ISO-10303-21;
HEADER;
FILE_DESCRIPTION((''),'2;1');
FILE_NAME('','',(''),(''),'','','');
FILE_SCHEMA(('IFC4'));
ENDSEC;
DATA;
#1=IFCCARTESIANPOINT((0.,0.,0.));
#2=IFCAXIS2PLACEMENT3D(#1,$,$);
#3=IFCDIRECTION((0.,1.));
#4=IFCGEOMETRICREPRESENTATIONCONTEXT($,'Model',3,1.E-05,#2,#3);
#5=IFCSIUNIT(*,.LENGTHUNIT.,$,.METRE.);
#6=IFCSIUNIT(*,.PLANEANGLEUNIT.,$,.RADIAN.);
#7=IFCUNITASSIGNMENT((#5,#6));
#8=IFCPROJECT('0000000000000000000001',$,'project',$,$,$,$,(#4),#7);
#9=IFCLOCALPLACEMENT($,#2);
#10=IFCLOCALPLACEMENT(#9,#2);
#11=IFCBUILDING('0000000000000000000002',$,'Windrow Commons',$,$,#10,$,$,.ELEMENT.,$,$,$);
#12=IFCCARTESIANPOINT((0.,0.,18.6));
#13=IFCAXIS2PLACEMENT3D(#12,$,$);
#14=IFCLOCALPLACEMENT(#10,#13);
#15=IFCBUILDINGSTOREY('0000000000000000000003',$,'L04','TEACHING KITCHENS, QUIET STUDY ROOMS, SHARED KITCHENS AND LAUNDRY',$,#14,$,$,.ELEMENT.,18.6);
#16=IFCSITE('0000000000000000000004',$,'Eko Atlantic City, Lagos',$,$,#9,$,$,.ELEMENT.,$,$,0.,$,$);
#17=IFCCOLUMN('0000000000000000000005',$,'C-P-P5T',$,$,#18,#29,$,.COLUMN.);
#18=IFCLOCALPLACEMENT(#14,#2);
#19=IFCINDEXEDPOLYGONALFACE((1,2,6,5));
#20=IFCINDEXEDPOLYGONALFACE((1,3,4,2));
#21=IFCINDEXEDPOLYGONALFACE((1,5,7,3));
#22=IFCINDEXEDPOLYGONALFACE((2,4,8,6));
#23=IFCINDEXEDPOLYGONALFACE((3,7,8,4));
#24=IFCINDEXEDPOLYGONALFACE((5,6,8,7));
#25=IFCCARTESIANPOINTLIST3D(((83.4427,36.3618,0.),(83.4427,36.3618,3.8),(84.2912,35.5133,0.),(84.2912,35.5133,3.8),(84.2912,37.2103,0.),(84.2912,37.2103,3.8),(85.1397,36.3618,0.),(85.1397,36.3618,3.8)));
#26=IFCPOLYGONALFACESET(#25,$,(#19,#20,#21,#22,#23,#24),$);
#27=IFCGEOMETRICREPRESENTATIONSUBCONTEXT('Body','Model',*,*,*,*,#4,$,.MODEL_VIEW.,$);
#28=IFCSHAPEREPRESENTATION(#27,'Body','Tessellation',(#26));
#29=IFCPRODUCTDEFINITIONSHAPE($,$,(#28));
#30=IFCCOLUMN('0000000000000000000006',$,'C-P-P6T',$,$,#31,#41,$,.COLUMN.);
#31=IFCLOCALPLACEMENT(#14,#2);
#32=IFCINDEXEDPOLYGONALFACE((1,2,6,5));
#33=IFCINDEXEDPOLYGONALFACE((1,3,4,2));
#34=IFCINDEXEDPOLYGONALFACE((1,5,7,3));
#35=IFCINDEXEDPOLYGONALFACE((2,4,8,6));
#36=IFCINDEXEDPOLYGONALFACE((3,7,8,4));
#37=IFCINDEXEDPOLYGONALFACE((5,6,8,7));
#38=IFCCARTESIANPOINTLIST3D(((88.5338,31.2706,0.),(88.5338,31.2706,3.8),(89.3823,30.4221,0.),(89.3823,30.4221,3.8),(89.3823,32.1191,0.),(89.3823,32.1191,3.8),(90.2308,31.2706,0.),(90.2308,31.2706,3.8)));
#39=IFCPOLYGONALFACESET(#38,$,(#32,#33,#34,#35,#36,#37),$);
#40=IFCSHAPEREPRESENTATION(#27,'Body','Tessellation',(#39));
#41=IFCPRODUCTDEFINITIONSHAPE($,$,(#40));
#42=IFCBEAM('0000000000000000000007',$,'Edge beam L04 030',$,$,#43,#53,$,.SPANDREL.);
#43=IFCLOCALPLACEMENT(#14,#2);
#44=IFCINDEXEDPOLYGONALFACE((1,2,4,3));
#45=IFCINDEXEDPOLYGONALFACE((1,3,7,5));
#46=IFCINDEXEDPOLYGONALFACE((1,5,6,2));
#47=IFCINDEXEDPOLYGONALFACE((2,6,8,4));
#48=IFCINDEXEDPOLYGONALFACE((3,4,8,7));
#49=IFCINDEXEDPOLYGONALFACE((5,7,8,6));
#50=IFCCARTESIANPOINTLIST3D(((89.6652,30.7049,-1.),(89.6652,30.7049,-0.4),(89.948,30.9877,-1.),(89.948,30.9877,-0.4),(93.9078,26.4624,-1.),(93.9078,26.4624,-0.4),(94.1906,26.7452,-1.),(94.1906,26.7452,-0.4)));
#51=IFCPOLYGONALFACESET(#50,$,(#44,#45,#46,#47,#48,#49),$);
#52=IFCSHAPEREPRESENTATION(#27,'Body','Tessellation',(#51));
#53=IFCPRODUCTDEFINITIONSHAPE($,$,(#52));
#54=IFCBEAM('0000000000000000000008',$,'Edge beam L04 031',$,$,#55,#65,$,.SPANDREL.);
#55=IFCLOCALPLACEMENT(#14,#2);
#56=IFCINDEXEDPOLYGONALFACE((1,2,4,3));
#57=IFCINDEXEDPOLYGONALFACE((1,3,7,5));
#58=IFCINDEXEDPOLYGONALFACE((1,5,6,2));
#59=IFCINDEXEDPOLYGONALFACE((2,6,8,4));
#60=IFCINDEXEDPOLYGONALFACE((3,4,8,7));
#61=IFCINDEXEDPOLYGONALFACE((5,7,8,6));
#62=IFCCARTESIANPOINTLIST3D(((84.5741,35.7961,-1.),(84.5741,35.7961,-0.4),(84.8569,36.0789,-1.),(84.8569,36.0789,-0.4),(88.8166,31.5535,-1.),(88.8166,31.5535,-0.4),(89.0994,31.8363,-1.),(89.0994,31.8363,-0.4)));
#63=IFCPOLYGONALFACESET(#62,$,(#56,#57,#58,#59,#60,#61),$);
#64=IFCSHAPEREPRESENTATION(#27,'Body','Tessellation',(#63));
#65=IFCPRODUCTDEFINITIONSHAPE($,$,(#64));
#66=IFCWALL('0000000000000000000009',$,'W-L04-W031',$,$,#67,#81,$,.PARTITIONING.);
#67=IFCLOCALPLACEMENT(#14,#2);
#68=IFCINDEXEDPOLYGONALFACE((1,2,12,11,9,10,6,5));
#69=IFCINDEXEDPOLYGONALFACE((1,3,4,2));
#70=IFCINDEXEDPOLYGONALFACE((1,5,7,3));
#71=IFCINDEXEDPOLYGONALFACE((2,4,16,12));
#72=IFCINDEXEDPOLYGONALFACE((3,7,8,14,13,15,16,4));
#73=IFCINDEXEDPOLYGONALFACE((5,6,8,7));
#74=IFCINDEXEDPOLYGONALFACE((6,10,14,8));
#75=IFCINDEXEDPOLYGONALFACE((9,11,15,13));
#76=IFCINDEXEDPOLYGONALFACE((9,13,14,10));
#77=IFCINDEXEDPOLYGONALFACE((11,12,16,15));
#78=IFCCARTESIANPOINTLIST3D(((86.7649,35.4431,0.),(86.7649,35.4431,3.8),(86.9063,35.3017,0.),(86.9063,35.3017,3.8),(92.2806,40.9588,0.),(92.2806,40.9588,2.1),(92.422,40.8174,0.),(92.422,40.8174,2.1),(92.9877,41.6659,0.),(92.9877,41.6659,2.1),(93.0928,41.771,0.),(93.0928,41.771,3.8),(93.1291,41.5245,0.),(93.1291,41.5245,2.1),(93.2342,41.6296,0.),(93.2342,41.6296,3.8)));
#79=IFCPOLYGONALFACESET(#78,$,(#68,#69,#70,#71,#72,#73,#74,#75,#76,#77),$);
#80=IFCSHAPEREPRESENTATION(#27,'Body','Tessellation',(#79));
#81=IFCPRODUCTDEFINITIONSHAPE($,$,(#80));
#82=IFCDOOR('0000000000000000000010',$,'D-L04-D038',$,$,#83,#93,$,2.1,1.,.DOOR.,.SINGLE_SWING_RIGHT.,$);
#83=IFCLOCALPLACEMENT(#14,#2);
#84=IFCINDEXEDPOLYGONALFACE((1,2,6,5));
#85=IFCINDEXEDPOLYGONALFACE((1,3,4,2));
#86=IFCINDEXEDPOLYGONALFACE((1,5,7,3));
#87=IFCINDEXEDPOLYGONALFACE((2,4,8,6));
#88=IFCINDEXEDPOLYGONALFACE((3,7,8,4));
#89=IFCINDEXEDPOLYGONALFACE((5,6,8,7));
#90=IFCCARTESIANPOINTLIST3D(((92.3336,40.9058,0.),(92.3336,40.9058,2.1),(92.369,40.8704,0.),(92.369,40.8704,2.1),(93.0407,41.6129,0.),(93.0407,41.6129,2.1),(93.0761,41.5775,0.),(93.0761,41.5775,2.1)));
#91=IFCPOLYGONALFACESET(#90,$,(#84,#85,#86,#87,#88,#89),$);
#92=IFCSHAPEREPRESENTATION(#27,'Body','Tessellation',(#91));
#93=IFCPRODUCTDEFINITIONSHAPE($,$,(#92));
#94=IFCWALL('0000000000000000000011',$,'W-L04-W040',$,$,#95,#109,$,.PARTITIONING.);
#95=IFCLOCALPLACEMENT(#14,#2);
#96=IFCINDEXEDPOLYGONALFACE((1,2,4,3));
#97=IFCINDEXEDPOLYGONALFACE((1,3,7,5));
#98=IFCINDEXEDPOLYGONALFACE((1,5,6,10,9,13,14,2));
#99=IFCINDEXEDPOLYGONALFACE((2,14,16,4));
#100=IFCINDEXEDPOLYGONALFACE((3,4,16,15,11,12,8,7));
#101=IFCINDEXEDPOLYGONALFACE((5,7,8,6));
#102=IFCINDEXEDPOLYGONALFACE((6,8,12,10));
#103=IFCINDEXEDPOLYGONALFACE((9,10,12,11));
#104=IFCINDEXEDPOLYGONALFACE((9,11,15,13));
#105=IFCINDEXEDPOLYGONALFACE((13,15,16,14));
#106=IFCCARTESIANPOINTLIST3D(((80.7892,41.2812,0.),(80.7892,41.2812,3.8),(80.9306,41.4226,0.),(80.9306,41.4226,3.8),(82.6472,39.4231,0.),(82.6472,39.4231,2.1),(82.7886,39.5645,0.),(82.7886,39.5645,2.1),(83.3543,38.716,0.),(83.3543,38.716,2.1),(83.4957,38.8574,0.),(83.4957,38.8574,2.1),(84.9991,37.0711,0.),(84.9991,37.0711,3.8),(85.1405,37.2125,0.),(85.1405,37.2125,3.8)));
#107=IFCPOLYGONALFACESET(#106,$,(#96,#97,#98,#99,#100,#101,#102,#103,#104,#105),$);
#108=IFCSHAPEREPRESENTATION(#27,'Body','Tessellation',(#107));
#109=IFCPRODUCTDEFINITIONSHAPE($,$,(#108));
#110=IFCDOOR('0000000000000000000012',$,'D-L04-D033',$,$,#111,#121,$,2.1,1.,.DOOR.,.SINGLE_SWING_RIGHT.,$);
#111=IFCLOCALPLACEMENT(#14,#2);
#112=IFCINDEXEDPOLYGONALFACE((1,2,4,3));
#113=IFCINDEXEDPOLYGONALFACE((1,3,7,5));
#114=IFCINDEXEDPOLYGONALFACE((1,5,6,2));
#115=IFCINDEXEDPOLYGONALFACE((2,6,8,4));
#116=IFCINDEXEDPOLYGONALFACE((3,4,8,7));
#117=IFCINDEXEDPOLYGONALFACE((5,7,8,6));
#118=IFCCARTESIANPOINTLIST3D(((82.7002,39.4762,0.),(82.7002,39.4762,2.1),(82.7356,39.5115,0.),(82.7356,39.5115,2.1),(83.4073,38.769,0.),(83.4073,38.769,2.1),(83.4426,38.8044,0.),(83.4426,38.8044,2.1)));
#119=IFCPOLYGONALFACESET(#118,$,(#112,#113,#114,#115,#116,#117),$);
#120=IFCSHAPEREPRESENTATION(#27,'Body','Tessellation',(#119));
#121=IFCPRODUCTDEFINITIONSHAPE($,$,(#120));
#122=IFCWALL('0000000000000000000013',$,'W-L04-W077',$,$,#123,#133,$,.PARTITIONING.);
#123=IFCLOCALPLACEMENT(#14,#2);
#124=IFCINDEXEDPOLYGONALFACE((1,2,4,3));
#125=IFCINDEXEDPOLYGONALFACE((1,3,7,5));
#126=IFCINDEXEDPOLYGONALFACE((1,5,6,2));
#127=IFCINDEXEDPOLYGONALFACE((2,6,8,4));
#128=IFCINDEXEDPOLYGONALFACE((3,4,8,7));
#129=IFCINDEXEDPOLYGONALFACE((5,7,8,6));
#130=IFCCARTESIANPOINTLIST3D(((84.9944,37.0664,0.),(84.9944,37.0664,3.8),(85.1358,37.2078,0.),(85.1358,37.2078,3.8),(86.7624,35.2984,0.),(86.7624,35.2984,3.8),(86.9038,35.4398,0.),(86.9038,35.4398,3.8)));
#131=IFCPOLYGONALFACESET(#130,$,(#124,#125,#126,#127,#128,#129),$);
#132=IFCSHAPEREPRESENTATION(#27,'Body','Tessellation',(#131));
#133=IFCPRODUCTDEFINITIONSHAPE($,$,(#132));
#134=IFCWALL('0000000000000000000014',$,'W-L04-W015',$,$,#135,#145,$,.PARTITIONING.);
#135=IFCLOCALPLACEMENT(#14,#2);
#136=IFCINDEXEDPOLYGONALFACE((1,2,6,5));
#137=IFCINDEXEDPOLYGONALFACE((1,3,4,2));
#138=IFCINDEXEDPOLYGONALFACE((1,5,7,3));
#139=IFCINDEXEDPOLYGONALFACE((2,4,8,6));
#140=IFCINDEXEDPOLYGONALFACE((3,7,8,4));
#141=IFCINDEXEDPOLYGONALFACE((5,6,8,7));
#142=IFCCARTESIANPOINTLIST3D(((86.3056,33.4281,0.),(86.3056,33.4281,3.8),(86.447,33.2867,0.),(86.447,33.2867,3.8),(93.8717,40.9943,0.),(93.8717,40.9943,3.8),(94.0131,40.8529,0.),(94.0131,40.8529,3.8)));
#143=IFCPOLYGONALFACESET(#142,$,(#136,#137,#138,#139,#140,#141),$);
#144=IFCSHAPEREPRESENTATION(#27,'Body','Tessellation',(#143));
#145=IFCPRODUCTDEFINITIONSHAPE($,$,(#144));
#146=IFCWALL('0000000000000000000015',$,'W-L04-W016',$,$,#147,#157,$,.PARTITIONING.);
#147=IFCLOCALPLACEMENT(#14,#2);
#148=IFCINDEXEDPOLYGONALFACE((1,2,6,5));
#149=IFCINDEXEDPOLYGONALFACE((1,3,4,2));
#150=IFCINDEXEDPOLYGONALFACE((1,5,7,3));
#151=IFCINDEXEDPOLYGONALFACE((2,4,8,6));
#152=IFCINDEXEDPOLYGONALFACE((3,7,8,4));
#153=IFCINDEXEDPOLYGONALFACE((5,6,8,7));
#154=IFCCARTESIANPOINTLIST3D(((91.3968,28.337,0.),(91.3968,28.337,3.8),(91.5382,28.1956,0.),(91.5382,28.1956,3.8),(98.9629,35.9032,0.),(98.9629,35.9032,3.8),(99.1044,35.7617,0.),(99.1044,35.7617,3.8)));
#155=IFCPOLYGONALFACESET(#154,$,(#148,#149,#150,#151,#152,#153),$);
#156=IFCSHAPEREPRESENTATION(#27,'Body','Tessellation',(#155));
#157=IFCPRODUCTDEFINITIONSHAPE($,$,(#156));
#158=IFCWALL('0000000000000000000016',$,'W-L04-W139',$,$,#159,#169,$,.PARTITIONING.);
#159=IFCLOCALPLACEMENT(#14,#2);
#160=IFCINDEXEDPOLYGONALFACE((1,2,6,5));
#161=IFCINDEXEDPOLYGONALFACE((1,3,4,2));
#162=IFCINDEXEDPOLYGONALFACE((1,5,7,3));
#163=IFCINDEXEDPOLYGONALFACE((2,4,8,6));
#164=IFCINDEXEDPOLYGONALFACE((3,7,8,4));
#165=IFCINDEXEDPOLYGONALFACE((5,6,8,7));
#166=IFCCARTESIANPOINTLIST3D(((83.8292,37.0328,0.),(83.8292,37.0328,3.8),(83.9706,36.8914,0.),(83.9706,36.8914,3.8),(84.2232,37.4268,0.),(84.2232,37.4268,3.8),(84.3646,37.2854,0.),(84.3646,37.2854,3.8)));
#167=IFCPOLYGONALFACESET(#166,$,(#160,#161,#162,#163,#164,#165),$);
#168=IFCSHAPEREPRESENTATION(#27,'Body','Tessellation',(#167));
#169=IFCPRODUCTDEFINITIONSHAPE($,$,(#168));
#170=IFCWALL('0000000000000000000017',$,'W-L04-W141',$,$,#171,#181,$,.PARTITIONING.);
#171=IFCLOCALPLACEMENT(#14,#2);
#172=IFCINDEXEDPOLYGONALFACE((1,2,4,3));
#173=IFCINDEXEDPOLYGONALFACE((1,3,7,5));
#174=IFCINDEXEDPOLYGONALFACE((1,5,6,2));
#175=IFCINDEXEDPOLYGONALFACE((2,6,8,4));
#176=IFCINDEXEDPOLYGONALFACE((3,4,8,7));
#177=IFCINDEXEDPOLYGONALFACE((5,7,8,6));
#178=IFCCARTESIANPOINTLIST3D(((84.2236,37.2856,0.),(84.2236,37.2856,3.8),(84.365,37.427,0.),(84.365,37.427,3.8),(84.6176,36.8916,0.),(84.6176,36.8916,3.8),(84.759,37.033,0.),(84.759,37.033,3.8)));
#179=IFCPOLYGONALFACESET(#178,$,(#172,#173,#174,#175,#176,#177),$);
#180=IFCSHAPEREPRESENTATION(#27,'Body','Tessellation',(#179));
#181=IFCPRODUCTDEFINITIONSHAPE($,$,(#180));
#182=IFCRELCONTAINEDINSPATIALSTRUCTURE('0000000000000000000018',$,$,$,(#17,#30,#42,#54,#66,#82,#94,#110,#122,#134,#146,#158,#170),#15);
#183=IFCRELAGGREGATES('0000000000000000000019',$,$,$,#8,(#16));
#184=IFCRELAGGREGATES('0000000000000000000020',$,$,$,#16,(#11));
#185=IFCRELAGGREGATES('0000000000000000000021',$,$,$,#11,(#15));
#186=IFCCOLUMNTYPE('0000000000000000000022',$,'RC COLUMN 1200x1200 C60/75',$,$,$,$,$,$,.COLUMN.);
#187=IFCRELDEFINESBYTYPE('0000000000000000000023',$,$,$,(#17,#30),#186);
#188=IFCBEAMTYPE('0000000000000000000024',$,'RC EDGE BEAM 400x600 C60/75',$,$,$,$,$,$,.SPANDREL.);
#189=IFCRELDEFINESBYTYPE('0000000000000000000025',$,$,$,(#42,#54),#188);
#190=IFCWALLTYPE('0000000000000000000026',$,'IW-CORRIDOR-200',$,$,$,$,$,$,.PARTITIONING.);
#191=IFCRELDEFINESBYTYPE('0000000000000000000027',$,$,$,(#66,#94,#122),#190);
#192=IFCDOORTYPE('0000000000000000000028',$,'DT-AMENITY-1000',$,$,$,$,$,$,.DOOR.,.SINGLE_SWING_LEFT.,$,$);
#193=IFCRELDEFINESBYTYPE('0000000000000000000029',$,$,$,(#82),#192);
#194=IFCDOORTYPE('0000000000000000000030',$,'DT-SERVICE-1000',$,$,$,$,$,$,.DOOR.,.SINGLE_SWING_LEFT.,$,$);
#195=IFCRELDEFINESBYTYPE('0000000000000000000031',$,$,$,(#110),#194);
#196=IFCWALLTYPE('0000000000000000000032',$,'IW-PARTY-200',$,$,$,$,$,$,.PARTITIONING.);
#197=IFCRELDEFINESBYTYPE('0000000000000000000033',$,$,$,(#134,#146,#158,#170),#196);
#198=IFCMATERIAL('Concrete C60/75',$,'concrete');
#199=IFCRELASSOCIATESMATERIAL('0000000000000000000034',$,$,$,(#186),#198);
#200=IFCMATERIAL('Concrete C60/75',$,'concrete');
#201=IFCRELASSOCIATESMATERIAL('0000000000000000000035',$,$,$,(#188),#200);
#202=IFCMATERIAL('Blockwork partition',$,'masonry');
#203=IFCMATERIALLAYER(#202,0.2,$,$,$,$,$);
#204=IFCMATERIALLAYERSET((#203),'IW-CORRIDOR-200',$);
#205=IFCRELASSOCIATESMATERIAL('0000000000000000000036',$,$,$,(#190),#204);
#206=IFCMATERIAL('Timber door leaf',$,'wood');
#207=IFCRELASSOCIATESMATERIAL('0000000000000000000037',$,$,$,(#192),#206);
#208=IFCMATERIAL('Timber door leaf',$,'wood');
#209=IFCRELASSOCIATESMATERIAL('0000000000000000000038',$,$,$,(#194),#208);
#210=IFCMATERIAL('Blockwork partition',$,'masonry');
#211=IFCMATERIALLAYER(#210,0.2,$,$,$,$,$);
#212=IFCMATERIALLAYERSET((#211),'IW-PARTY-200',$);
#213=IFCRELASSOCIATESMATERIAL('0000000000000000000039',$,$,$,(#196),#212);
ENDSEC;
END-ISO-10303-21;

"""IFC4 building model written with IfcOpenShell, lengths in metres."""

from ifc_helpers import new_model, si_unit, direction, frame, frame_2d, origin, origin_2d, place, context, subcontext, project, spatial, rectangle, extrude, material, layer, layer_set, material_profile, profile_set, type_object, element, fill, save


model = new_model("IFC4")

# Units and contexts
model_context = context("Model", 3, precision=1e-05, world=origin(), true_north=direction((0.0, 1.0)))
body_context = subcontext(model_context, "Body", "Model", "MODEL_VIEW")
ifc_project = project(units=[si_unit("LENGTHUNIT", "METRE"), si_unit("PLANEANGLEUNIT", "RADIAN")], contexts=[model_context])

# Site, building, storey
site_placement = place(None, origin())
site = spatial("IfcSite", under=ifc_project, at=site_placement, Name="Eko Atlantic City, Lagos", CompositionType="ELEMENT", RefElevation=0.0)
building_placement = place(site_placement, origin())
building = spatial("IfcBuilding", under=site, at=building_placement, Name="Windrow Commons", CompositionType="ELEMENT")
storey_placement = place(building_placement, frame((0.0, 0.0, 18.6)))
storey = spatial("IfcBuildingStorey", under=building, at=storey_placement, Name="L04", Description="TEACHING KITCHENS, QUIET STUDY ROOMS, SHARED KITCHENS AND LAUNDRY", CompositionType="ELEMENT", Elevation=18.6)

# Columns
ifc_material_1 = material(Name="Concrete C60/75", Category="concrete")
ifc_material_profile_1 = material_profile(ifc_material_1, rectangle(XDim=1.2, YDim=1.2, at=origin_2d()))
ifc_profile_set_1 = profile_set([ifc_material_profile_1], Name="Concrete C60/75")
column_type = type_object("IfcColumnType", Name="RC COLUMN 1200x1200 C60/75", PredefinedType="COLUMN", material=ifc_profile_set_1)
for number, where, z_axis, x_axis, name in (
    (1, (84.2912, 36.3618, 0.0), (0.0, 0.0, 1.0), (0.707107, -0.707107, 0.0), "C-P-P5T"),
    (2, (89.3823, 31.2706, 0.0), (0.0, 0.0, 1.0), (0.707107, -0.707107, 0.0), "C-P-P6T"),
):
    element("IfcColumn", number, at=place(storey_placement, frame(where, z_axis=z_axis, x_axis=x_axis)), inside=storey, type_object=column_type, Name=name, PredefinedType="COLUMN", context=body_context, shape_type="SweptSolid", body=[
        extrude(rectangle(XDim=1.2, YDim=1.2, at=origin_2d()), origin(), (0.0, 0.0, 1.0), 3.8),
    ])

# Beams
ifc_material_2 = material(Name="Concrete C60/75", Category="concrete")
ifc_material_profile_2 = material_profile(ifc_material_2, rectangle(XDim=0.4, YDim=0.6, at=origin_2d()))
ifc_profile_set_2 = profile_set([ifc_material_profile_2], Name="Concrete C60/75")
beam_type = type_object("IfcBeamType", Name="RC EDGE BEAM 400x600 C60/75", PredefinedType="SPANDREL", material=ifc_profile_set_2)
for number, where, z_axis, x_axis, name in (
    (3, (94.0492, 26.6038, -0.7), (-0.707115, 0.707098, 0.0), (-0.707098, -0.707115, 0.0), "Edge beam L04 030"),
    (4, (88.958, 31.6949, -0.7), (-0.707098, 0.707115, 0.0), (-0.707115, -0.707098, 0.0), "Edge beam L04 031"),
):
    element("IfcBeam", number, at=place(storey_placement, frame(where, z_axis=z_axis, x_axis=x_axis)), inside=storey, type_object=beam_type, Name=name, PredefinedType="SPANDREL", context=body_context, shape_type="SweptSolid", body=[
        extrude(rectangle(XDim=0.4, YDim=0.6, at=origin_2d()), origin(), (0.0, 0.0, 1.0), 5.9999),
    ])

# Walls, openings, doors
ifc_material_3 = material(Name="Blockwork partition", Category="masonry")
ifc_layer_1 = layer(ifc_material_3, 0.2)
ifc_layer_set_1 = layer_set([ifc_layer_1], Name="IW-CORRIDOR-200")
wall_type_1 = type_object("IfcWallType", Name="IW-CORRIDOR-200", PredefinedType="PARTITIONING", material=ifc_layer_set_1)
wall_1_placement = place(storey_placement, frame((86.8356, 35.3724, 0.0), z_axis=(0.0, 0.0, 1.0), x_axis=(0.707107, 0.707107, 0.0)))
wall_1 = element("IfcWall", 5, at=wall_1_placement, inside=storey, type_object=wall_type_1, Name="W-L04-W031", PredefinedType="PARTITIONING", context=body_context, shape_type="SweptSolid", body=[
    extrude(rectangle(XDim=8.9491, YDim=0.2, at=frame_2d((4.4745, 0.0))), origin(), (0.0, 0.0, 1.0), 3.8),
])
opening_1_placement = place(wall_1_placement, frame((7.8004, 0.0, 0.0)))
opening_1 = element("IfcOpeningElement", 6, at=opening_1_placement, cuts=wall_1, PredefinedType="OPENING", context=body_context, shape_type="SweptSolid", body=[
    extrude(rectangle(XDim=1.0, YDim=2.1, at=frame_2d((0.5, 1.05))), frame((0.0, 0.11, 0.0), z_axis=(0.0, -1.0, 0.0), x_axis=(1.0, 0.0, 0.0)), (0.0, 0.0, 1.0), 0.22),
])
ifc_material_4 = material(Name="Timber door leaf", Category="wood")
door_type_1 = type_object("IfcDoorType", Name="DT-AMENITY-1000", OperationType="SINGLE_SWING_LEFT", PredefinedType="DOOR", material=ifc_material_4)
door_1_placement = place(opening_1_placement, origin())
door_1 = element("IfcDoor", 7, at=door_1_placement, inside=storey, type_object=door_type_1, Name="D-L04-D038", OperationType="SINGLE_SWING_RIGHT", OverallHeight=2.1, OverallWidth=1.0, PredefinedType="DOOR", context=body_context, shape_type="SweptSolid", body=[
    extrude(rectangle(XDim=1.0, YDim=2.1, at=frame_2d((0.5, 1.05))), frame((0.0, 0.025, 0.0), z_axis=(0.0, -1.0, 0.0), x_axis=(1.0, 0.0, 0.0)), (0.0, 0.0, 1.0), 0.05),
])
fill(opening_1, door_1)
wall_2_placement = place(storey_placement, frame((85.0698, 37.1418, 0.0), z_axis=(0.0, 0.0, 1.0), x_axis=(-0.70709, 0.707124, 0.0)))
wall_2 = element("IfcWall", 8, at=wall_2_placement, inside=storey, type_object=wall_type_1, Name="W-L04-W040", PredefinedType="PARTITIONING", context=body_context, shape_type="SweptSolid", body=[
    extrude(rectangle(XDim=5.9538, YDim=0.2, at=frame_2d((2.9769, 0.0))), origin(), (0.0, 0.0, 1.0), 3.8),
])
opening_2_placement = place(wall_2_placement, frame((2.3262, 0.0, 0.0)))
opening_2 = element("IfcOpeningElement", 9, at=opening_2_placement, cuts=wall_2, PredefinedType="OPENING", context=body_context, shape_type="SweptSolid", body=[
    extrude(rectangle(XDim=1.0, YDim=2.1, at=frame_2d((0.5, 1.05))), frame((0.0, 0.11, 0.0), z_axis=(0.0, -1.0, 0.0), x_axis=(1.0, 0.0, 0.0)), (0.0, 0.0, 1.0), 0.22),
])
ifc_material_5 = material(Name="Timber door leaf", Category="wood")
door_type_2 = type_object("IfcDoorType", Name="DT-SERVICE-1000", OperationType="SINGLE_SWING_LEFT", PredefinedType="DOOR", material=ifc_material_5)
door_2_placement = place(opening_2_placement, origin())
door_2 = element("IfcDoor", 10, at=door_2_placement, inside=storey, type_object=door_type_2, Name="D-L04-D033", OperationType="SINGLE_SWING_RIGHT", OverallHeight=2.1, OverallWidth=1.0, PredefinedType="DOOR", context=body_context, shape_type="SweptSolid", body=[
    extrude(rectangle(XDim=1.0, YDim=2.1, at=frame_2d((0.5, 1.05))), frame((0.0, 0.025, 0.0), z_axis=(0.0, -1.0, 0.0), x_axis=(1.0, 0.0, 0.0)), (0.0, 0.0, 1.0), 0.05),
])
fill(opening_2, door_2)

# Walls
wall_3_placement = place(storey_placement, frame((85.0651, 37.1371, 0.0), z_axis=(0.0, 0.0, 1.0), x_axis=(0.707107, -0.707107, 0.0)))
element("IfcWall", 11, at=wall_3_placement, inside=storey, type_object=wall_type_1, Name="W-L04-W077", PredefinedType="PARTITIONING", context=body_context, shape_type="SweptSolid", body=[
    extrude(rectangle(XDim=2.5003, YDim=0.2, at=frame_2d((1.2502, 0.0))), origin(), (0.0, 0.0, 1.0), 3.8),
])
ifc_material_6 = material(Name="Blockwork partition", Category="masonry")
ifc_layer_2 = layer(ifc_material_6, 0.2)
ifc_layer_set_2 = layer_set([ifc_layer_2], Name="IW-PARTY-200")
wall_type_2 = type_object("IfcWallType", Name="IW-PARTY-200", PredefinedType="PARTITIONING", material=ifc_layer_set_2)
wall_4_placement = place(storey_placement, frame((86.3763, 33.3574, 0.0), z_axis=(0.0, 0.0, 1.0), x_axis=(0.707102, 0.707111, 0.0)))
element("IfcWall", 12, at=wall_4_placement, inside=storey, type_object=wall_type_2, Name="W-L04-W015", PredefinedType="PARTITIONING", context=body_context, shape_type="SweptSolid", body=[
    extrude(rectangle(XDim=10.7002, YDim=0.2, at=frame_2d((5.3501, 0.0))), origin(), (0.0, 0.0, 1.0), 3.8),
])
wall_5_placement = place(storey_placement, frame((91.4675, 28.2663, 0.0), z_axis=(0.0, 0.0, 1.0), x_axis=(0.707107, 0.707107, 0.0)))
element("IfcWall", 13, at=wall_5_placement, inside=storey, type_object=wall_type_2, Name="W-L04-W016", PredefinedType="PARTITIONING", context=body_context, shape_type="SweptSolid", body=[
    extrude(rectangle(XDim=10.7001, YDim=0.2, at=frame_2d((5.3501, 0.0))), origin(), (0.0, 0.0, 1.0), 3.8),
])
for number, where, z_axis, x_axis, name in (
    (14, (83.8999, 36.9621, 0.0), (0.0, 0.0, 1.0), (0.707107, 0.707107, 0.0), "W-L04-W139"),
    (15, (84.2943, 37.3563, 0.0), (0.0, 0.0, 1.0), (0.707107, -0.707107, 0.0), "W-L04-W141"),
):
    element("IfcWall", number, at=place(storey_placement, frame(where, z_axis=z_axis, x_axis=x_axis)), inside=storey, type_object=wall_type_2, Name=name, PredefinedType="PARTITIONING", context=body_context, shape_type="SweptSolid", body=[
        extrude(rectangle(XDim=0.5572, YDim=0.2, at=frame_2d((0.2786, 0.0))), origin(), (0.0, 0.0, 1.0), 3.8),
    ])

save(model, "model.ifc")
